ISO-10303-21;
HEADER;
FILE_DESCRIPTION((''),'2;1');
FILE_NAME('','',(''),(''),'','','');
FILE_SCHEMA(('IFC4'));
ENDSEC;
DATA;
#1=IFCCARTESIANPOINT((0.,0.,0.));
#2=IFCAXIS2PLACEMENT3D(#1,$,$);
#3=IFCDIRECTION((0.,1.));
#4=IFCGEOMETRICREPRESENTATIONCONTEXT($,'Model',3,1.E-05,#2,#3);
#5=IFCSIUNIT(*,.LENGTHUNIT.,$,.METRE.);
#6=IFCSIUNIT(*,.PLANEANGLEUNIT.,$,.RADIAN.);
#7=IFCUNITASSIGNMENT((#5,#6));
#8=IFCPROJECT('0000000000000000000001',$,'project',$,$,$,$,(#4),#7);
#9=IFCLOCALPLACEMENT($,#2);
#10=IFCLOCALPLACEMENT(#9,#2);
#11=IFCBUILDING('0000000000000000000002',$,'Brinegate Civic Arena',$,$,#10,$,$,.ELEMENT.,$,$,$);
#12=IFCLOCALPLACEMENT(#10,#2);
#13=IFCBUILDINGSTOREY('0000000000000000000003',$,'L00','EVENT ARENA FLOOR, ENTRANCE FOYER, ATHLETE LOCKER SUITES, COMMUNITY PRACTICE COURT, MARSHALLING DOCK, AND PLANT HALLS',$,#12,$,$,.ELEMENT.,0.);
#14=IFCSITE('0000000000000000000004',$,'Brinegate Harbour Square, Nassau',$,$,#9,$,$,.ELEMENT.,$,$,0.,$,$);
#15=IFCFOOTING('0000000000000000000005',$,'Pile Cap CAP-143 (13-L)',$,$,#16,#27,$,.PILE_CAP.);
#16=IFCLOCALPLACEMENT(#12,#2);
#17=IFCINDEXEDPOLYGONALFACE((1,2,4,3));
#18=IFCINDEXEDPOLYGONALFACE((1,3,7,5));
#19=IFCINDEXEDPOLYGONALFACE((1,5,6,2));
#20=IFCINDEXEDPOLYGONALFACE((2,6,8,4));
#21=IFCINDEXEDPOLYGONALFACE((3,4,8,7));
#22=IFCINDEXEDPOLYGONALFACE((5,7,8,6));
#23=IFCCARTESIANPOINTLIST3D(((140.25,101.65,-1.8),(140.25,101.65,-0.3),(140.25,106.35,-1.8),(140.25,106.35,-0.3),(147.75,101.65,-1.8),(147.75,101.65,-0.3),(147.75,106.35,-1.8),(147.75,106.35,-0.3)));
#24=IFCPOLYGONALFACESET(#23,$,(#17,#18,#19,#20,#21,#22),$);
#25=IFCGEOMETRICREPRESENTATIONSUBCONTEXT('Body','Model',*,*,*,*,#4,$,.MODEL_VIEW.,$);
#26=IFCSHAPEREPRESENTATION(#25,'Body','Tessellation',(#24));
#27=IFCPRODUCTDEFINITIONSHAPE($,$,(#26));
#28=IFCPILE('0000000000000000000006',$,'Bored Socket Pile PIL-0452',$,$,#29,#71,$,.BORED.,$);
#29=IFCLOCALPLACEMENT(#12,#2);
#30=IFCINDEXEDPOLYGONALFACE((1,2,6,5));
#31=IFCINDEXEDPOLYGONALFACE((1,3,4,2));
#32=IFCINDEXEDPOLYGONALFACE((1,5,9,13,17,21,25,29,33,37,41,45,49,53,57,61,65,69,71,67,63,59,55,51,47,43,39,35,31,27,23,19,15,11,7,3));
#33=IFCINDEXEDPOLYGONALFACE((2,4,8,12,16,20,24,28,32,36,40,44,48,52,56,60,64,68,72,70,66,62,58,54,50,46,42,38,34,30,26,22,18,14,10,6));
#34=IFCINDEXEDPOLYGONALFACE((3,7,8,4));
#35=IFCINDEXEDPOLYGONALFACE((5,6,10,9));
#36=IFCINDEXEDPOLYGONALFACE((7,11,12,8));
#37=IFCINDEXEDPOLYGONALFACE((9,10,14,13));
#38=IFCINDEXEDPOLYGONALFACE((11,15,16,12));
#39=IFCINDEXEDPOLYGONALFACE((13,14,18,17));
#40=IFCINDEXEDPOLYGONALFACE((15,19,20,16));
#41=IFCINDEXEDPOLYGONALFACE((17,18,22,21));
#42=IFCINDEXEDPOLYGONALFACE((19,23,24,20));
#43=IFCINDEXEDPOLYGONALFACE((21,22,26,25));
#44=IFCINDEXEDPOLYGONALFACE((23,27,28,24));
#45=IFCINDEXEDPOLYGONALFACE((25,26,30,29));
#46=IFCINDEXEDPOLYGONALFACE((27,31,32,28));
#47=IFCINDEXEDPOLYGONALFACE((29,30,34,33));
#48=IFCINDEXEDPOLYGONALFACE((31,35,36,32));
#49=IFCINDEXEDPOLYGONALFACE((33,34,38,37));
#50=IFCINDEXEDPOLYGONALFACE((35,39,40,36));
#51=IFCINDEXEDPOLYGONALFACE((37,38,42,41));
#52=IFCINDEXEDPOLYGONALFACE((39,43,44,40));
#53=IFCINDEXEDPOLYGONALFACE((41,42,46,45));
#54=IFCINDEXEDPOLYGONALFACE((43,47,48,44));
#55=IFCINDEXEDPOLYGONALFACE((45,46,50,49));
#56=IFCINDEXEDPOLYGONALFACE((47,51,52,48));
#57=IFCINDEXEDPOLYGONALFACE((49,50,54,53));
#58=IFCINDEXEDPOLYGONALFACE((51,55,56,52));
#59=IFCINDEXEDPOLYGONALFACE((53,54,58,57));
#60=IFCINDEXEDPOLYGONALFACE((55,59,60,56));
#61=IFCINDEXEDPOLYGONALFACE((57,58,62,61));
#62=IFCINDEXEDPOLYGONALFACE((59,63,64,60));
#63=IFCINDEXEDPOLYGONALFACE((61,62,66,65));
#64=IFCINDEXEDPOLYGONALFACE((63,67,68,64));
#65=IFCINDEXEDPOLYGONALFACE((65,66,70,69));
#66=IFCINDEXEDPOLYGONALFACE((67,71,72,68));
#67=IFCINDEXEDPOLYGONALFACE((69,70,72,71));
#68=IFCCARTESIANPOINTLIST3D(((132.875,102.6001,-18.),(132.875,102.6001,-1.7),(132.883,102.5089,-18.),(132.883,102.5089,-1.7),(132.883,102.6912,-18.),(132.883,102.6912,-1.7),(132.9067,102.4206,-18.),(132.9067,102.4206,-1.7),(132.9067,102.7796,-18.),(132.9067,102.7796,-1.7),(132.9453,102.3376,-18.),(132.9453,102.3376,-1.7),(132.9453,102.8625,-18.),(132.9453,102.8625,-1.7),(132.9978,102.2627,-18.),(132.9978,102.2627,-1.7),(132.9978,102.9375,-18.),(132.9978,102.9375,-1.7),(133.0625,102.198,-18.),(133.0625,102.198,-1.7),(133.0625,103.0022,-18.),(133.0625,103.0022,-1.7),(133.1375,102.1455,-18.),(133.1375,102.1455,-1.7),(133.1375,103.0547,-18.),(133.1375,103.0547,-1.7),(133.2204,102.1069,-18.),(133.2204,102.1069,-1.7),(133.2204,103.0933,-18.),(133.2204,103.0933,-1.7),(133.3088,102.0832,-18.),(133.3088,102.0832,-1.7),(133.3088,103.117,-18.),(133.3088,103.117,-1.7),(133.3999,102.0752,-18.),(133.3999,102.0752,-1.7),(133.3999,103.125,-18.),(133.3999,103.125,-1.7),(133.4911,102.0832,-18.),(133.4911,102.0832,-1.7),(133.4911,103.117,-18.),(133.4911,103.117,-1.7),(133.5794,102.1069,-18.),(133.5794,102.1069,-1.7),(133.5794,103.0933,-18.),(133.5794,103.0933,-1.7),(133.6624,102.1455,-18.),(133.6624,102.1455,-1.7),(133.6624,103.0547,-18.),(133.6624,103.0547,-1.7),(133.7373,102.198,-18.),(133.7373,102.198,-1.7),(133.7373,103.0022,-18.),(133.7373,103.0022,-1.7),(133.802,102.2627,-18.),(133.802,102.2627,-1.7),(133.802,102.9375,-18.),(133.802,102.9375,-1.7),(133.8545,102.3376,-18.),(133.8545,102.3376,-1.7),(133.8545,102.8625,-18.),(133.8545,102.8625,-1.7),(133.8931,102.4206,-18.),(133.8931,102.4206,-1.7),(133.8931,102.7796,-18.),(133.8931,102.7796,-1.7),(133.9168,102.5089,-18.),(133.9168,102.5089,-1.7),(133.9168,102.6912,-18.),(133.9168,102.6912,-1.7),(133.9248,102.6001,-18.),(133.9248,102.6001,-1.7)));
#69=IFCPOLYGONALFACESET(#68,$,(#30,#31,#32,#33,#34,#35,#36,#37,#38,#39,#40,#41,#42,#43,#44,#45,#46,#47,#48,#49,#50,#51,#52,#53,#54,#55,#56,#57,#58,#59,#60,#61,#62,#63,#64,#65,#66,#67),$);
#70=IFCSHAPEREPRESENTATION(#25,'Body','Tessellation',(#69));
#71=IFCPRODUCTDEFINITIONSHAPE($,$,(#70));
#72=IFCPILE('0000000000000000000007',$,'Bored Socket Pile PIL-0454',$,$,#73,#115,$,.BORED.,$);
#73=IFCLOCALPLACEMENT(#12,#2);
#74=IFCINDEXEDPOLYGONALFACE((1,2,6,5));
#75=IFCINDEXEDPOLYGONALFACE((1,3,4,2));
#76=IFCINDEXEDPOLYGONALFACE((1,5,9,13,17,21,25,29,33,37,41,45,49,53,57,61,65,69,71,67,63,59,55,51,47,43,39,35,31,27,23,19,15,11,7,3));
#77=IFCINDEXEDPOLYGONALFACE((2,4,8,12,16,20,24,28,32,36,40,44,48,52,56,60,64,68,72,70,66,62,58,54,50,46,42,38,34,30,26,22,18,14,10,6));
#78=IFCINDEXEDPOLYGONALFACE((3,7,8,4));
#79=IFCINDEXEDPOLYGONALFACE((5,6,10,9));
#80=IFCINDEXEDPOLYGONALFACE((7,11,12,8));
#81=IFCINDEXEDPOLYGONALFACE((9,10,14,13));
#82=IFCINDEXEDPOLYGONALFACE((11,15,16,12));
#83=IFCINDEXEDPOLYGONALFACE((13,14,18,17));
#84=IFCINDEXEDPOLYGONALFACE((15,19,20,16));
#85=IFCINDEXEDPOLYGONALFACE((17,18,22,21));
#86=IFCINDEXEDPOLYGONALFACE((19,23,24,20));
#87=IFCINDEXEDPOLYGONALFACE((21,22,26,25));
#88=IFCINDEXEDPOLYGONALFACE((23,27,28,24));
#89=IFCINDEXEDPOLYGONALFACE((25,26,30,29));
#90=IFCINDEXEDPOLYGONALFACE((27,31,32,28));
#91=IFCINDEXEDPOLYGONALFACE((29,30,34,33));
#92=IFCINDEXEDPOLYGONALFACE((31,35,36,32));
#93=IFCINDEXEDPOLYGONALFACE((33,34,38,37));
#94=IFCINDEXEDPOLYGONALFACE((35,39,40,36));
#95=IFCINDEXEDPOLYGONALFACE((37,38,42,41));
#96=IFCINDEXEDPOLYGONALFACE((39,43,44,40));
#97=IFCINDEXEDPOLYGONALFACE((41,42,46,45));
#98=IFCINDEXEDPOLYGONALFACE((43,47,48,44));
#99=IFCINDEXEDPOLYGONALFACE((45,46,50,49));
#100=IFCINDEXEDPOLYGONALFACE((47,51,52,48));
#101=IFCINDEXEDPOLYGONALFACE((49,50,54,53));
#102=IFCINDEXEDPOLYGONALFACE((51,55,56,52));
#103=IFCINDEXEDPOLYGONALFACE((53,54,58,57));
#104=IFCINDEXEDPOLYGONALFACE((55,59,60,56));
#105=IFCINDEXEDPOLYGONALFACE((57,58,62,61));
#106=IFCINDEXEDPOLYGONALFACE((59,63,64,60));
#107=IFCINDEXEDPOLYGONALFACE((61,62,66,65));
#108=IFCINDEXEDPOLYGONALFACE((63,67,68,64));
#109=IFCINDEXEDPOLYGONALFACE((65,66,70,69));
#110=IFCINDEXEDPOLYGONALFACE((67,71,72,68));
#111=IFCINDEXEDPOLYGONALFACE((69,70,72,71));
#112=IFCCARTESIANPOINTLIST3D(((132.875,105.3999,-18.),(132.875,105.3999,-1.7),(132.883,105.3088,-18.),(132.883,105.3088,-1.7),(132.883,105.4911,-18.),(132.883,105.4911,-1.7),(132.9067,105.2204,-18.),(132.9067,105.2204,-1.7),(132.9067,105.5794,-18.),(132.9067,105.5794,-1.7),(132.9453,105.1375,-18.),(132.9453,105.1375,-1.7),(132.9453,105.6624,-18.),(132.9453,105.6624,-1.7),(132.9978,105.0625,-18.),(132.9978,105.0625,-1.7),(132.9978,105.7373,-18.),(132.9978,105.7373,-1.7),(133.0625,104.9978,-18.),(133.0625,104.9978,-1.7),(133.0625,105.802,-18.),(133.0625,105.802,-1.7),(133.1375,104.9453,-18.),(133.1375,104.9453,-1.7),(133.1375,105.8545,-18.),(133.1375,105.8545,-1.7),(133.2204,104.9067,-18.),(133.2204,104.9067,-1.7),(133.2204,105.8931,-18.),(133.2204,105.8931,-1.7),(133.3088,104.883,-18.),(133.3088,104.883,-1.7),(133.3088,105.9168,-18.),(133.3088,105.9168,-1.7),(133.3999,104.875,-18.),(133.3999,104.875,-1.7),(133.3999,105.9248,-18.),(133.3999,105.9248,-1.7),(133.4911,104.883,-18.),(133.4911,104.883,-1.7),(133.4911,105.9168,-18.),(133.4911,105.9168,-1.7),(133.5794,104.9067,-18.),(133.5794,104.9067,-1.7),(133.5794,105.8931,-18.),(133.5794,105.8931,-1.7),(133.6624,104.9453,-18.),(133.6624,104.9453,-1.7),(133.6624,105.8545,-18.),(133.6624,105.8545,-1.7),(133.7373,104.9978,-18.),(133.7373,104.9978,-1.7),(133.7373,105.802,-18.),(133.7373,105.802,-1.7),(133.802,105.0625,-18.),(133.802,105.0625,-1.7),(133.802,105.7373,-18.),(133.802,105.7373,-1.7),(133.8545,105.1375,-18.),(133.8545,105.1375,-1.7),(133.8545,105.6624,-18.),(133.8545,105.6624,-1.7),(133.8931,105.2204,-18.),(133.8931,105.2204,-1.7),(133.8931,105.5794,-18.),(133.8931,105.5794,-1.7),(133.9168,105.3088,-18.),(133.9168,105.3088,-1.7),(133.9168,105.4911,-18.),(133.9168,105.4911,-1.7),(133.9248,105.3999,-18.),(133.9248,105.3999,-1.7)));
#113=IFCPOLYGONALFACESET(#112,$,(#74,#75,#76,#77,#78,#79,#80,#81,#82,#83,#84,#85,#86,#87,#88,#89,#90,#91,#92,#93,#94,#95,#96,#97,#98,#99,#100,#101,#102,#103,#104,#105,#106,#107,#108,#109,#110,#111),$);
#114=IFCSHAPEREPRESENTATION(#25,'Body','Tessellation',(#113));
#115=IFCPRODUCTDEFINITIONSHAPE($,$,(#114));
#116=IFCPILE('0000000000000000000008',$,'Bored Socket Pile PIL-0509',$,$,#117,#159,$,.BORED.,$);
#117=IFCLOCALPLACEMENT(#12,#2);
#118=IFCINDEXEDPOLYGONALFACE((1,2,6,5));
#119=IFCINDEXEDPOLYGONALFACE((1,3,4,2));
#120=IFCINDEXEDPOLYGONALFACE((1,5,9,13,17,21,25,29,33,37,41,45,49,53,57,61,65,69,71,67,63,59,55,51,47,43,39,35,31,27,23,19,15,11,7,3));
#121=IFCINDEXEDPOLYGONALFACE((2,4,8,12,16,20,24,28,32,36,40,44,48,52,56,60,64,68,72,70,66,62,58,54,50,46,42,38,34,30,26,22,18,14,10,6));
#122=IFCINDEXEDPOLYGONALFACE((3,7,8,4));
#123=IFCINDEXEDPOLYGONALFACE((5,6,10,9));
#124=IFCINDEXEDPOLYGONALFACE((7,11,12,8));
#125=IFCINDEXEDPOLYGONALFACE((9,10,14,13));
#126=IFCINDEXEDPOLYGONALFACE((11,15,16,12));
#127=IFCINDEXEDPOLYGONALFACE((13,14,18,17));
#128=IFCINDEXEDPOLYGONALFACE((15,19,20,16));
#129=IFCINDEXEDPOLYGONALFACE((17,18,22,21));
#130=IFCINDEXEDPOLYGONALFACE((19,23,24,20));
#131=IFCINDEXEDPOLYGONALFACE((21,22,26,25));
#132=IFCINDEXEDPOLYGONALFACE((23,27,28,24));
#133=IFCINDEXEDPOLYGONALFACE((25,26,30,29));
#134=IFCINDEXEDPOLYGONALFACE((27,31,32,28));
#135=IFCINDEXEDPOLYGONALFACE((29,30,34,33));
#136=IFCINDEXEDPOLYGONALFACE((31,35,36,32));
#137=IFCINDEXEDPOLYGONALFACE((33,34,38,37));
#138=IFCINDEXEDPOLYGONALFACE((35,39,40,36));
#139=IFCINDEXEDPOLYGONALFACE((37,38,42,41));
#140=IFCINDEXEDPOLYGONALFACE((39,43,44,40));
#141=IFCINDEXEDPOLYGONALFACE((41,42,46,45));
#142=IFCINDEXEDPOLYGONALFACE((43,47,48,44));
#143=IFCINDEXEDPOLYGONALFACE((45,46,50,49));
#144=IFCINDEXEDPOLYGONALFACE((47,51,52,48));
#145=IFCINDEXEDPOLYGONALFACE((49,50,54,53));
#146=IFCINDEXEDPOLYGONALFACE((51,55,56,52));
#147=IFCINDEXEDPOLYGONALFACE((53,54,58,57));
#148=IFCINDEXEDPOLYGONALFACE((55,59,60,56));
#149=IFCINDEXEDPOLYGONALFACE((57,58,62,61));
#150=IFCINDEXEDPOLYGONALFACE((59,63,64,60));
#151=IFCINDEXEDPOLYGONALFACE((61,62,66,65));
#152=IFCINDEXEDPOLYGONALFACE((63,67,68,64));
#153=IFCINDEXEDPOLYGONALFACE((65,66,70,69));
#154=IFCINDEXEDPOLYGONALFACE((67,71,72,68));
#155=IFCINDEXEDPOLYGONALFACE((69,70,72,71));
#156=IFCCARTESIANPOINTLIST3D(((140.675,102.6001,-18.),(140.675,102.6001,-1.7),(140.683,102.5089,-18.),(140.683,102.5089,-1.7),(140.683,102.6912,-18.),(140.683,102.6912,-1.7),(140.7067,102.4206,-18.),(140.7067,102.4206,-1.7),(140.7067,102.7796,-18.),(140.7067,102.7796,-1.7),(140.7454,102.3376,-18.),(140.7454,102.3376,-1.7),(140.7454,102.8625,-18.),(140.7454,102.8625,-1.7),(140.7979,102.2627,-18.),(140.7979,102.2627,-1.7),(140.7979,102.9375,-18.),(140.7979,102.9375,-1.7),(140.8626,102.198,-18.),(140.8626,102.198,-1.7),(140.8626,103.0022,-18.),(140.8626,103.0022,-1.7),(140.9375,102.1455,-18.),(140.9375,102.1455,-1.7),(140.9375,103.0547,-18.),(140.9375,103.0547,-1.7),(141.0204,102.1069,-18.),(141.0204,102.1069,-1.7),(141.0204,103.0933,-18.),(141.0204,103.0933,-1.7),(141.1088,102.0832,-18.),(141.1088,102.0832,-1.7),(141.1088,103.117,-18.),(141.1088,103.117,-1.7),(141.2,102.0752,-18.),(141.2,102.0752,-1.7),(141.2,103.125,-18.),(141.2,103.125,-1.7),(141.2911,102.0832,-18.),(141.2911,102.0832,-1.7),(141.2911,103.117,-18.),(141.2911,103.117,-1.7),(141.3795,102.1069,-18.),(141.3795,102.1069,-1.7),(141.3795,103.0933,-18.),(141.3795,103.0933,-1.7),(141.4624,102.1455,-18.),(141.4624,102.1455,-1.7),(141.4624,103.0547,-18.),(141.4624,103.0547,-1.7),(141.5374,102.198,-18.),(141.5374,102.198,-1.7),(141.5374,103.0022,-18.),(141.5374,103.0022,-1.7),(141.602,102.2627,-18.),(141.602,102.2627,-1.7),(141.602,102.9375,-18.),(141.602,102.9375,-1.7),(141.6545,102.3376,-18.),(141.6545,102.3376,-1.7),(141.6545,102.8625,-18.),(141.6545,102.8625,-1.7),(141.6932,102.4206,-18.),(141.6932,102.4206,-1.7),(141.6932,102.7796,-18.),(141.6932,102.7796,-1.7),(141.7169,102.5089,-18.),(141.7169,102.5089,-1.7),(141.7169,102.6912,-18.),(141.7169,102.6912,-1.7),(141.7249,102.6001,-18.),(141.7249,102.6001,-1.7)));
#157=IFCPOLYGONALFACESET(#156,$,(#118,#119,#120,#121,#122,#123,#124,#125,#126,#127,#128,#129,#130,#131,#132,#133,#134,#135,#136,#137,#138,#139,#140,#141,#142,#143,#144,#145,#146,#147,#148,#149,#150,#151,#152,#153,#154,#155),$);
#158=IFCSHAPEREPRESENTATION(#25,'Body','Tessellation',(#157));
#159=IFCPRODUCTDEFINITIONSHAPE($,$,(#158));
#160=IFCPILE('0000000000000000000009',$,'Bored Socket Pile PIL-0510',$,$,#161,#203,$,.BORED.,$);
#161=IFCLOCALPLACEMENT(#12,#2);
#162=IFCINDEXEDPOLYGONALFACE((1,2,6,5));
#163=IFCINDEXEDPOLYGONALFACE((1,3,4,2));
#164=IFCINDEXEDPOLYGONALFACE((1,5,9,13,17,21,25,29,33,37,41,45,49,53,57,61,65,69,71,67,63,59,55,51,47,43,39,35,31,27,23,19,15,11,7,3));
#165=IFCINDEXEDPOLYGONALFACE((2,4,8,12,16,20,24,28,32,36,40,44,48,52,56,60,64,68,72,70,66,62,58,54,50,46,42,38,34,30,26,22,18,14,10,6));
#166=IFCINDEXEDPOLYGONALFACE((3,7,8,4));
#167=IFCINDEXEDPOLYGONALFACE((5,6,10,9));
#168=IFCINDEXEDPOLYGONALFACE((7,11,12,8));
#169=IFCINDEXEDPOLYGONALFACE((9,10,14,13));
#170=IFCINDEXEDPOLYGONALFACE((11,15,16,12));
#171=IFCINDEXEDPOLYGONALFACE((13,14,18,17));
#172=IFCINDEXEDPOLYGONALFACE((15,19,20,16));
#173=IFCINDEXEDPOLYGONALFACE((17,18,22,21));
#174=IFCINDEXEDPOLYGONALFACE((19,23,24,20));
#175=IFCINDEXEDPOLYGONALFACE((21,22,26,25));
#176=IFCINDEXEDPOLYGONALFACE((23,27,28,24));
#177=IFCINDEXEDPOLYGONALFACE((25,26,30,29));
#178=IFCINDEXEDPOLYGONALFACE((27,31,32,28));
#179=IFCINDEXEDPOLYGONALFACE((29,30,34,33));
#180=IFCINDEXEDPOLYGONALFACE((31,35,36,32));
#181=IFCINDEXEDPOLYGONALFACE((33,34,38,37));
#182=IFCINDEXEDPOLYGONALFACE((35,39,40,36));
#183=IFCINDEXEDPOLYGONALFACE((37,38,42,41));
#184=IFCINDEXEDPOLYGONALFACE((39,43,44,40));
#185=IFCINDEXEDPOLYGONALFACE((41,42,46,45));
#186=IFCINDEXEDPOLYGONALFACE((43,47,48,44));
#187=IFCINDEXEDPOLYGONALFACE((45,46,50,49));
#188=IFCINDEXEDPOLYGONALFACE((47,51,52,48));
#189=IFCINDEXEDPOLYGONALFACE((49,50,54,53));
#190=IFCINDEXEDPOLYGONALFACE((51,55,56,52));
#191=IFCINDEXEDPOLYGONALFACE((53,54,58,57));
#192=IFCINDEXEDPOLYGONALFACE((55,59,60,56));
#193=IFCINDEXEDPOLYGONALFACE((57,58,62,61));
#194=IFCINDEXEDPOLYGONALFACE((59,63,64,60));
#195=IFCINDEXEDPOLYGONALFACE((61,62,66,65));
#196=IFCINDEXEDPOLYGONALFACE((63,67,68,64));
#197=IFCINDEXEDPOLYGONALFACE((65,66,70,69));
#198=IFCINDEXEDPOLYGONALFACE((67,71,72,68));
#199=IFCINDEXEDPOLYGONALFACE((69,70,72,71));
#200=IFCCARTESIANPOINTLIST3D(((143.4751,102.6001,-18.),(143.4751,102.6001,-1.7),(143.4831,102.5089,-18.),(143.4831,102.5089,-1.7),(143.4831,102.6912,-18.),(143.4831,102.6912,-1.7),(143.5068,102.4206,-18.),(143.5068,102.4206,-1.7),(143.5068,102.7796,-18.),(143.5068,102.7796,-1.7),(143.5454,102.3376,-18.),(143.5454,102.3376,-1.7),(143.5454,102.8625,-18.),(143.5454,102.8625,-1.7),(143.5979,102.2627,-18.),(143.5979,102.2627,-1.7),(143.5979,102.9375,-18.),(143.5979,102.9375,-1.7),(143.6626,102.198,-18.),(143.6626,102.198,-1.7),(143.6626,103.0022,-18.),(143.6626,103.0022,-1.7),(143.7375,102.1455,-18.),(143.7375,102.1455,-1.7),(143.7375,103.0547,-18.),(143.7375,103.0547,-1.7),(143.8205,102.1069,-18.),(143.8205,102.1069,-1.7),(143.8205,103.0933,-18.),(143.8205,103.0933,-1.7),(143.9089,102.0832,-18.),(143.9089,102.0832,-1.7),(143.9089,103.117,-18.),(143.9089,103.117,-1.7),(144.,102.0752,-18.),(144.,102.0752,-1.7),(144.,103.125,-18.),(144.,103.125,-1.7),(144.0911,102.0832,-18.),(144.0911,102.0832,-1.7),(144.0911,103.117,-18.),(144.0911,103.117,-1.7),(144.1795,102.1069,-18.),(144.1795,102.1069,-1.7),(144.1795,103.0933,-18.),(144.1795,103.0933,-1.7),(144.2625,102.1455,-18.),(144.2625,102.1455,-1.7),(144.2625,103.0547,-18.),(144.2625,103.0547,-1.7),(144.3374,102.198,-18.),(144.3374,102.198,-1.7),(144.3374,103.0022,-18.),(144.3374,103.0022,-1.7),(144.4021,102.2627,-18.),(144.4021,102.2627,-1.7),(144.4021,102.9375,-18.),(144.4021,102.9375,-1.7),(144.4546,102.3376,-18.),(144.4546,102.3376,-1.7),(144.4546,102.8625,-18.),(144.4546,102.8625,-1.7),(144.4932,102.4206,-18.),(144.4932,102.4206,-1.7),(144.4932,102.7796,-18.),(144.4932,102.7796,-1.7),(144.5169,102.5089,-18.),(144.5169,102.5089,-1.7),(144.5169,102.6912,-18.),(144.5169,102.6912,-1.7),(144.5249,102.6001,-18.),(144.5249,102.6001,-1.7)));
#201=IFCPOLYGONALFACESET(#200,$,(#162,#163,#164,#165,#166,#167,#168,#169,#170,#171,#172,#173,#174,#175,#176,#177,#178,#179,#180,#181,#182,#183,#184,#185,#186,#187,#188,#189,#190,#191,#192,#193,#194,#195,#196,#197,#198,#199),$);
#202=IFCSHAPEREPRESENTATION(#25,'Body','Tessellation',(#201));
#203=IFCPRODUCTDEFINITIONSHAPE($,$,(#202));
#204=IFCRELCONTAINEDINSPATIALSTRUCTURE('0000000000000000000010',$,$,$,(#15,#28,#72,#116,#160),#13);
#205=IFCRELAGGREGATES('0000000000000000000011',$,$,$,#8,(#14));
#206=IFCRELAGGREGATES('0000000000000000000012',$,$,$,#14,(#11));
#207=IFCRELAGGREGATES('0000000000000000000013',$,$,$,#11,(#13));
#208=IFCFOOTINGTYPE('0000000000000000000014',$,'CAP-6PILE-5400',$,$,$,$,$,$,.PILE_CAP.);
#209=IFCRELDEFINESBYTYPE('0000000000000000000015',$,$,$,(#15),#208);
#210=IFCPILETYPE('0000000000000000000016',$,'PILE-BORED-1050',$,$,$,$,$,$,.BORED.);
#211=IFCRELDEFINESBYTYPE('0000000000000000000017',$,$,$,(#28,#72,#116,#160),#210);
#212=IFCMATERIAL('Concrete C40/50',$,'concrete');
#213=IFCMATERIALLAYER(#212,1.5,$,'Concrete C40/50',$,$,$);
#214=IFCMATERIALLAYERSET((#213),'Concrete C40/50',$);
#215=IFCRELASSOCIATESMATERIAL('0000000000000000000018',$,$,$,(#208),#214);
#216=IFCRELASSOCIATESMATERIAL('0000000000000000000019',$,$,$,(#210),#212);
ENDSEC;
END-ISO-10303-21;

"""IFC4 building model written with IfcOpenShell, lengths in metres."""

from ifc_helpers import new_model, si_unit, direction, frame, origin, origin_2d, place, context, subcontext, project, spatial, rectangle, circle, extrude, material, layer, layer_set, material_profile, profile_set, type_object, element, save


model = new_model("IFC4")

# Units and contexts
model_context = context("Model", 3, precision=1e-05, world=origin(), true_north=direction((0.0, 1.0)))
body_context = subcontext(model_context, "Body", "Model", "MODEL_VIEW")
ifc_project = project(units=[si_unit("LENGTHUNIT", "METRE"), si_unit("PLANEANGLEUNIT", "RADIAN")], contexts=[model_context])

# Site, building, storey
site_placement = place(None, origin())
site = spatial("IfcSite", under=ifc_project, at=site_placement, Name="Brinegate Harbour Square, Nassau", CompositionType="ELEMENT", RefElevation=0.0)
building_placement = place(site_placement, origin())
building = spatial("IfcBuilding", under=site, at=building_placement, Name="Brinegate Civic Arena", CompositionType="ELEMENT")
storey_placement = place(building_placement, origin())
storey = spatial("IfcBuildingStorey", under=building, at=storey_placement, Name="L00", Description="EVENT ARENA FLOOR, ENTRANCE FOYER, ATHLETE LOCKER SUITES, COMMUNITY PRACTICE COURT, MARSHALLING DOCK, AND PLANT HALLS", CompositionType="ELEMENT", Elevation=0.0)

# Footing
ifc_material_1 = material(Name="Concrete C40/50", Category="concrete")
ifc_layer_1 = layer(ifc_material_1, 1.5, Name="Concrete C40/50")
ifc_layer_set_1 = layer_set([ifc_layer_1], Name="Concrete C40/50")
footing_type_1 = type_object("IfcFootingType", Name="CAP-6PILE-5400", PredefinedType="PILE_CAP", material=ifc_layer_set_1)
footing_1_placement = place(storey_placement, frame((144.0, 104.0, -1.8), z_axis=(0.0, 0.0, 1.0), x_axis=(1.0, 0.0, 0.0)))
element("IfcFooting", 1, at=footing_1_placement, inside=storey, type_object=footing_type_1, Name="Pile Cap CAP-143 (13-L)", PredefinedType="PILE_CAP", context=body_context, shape_type="SweptSolid", body=[
    extrude(rectangle(XDim=7.5, YDim=4.7, at=origin_2d()), origin(), (0.0, 0.0, 1.0), 1.5),
])

# Piles
ifc_material_profile_1 = material_profile(ifc_material_1, circle(Radius=0.5249, at=origin_2d()), Name="PILED1050")
ifc_profile_set_1 = profile_set([ifc_material_profile_1], Name="Concrete C40/50")
pile_type = type_object("IfcPileType", Name="PILE-BORED-1050", PredefinedType="BORED", material=ifc_profile_set_1)
for number, where, z_axis, x_axis, name in (
    (2, (133.3999, 102.6001, -1.7), (0.0, 0.0, -1.0), (1.0, 0.0, 0.0), "Bored Socket Pile PIL-0452"),
    (3, (133.3999, 105.3999, -1.7), (0.0, 0.0, -1.0), (1.0, 0.0, 0.0), "Bored Socket Pile PIL-0454"),
    (4, (141.2, 102.6001, -1.7), (0.0, 0.0, -1.0), (1.0, 0.0, 0.0), "Bored Socket Pile PIL-0509"),
    (5, (144.0, 102.6001, -1.7), (0.0, 0.0, -1.0), (1.0, 0.0, 0.0), "Bored Socket Pile PIL-0510"),
):
    element("IfcPile", number, at=place(storey_placement, frame(where, z_axis=z_axis, x_axis=x_axis)), inside=storey, type_object=pile_type, Name=name, PredefinedType="BORED", context=body_context, shape_type="SweptSolid", body=[
        extrude(circle(Radius=0.5249, at=origin_2d()), origin(), (0.0, 0.0, 1.0), 16.3),
    ])

save(model, "model.ifc")
